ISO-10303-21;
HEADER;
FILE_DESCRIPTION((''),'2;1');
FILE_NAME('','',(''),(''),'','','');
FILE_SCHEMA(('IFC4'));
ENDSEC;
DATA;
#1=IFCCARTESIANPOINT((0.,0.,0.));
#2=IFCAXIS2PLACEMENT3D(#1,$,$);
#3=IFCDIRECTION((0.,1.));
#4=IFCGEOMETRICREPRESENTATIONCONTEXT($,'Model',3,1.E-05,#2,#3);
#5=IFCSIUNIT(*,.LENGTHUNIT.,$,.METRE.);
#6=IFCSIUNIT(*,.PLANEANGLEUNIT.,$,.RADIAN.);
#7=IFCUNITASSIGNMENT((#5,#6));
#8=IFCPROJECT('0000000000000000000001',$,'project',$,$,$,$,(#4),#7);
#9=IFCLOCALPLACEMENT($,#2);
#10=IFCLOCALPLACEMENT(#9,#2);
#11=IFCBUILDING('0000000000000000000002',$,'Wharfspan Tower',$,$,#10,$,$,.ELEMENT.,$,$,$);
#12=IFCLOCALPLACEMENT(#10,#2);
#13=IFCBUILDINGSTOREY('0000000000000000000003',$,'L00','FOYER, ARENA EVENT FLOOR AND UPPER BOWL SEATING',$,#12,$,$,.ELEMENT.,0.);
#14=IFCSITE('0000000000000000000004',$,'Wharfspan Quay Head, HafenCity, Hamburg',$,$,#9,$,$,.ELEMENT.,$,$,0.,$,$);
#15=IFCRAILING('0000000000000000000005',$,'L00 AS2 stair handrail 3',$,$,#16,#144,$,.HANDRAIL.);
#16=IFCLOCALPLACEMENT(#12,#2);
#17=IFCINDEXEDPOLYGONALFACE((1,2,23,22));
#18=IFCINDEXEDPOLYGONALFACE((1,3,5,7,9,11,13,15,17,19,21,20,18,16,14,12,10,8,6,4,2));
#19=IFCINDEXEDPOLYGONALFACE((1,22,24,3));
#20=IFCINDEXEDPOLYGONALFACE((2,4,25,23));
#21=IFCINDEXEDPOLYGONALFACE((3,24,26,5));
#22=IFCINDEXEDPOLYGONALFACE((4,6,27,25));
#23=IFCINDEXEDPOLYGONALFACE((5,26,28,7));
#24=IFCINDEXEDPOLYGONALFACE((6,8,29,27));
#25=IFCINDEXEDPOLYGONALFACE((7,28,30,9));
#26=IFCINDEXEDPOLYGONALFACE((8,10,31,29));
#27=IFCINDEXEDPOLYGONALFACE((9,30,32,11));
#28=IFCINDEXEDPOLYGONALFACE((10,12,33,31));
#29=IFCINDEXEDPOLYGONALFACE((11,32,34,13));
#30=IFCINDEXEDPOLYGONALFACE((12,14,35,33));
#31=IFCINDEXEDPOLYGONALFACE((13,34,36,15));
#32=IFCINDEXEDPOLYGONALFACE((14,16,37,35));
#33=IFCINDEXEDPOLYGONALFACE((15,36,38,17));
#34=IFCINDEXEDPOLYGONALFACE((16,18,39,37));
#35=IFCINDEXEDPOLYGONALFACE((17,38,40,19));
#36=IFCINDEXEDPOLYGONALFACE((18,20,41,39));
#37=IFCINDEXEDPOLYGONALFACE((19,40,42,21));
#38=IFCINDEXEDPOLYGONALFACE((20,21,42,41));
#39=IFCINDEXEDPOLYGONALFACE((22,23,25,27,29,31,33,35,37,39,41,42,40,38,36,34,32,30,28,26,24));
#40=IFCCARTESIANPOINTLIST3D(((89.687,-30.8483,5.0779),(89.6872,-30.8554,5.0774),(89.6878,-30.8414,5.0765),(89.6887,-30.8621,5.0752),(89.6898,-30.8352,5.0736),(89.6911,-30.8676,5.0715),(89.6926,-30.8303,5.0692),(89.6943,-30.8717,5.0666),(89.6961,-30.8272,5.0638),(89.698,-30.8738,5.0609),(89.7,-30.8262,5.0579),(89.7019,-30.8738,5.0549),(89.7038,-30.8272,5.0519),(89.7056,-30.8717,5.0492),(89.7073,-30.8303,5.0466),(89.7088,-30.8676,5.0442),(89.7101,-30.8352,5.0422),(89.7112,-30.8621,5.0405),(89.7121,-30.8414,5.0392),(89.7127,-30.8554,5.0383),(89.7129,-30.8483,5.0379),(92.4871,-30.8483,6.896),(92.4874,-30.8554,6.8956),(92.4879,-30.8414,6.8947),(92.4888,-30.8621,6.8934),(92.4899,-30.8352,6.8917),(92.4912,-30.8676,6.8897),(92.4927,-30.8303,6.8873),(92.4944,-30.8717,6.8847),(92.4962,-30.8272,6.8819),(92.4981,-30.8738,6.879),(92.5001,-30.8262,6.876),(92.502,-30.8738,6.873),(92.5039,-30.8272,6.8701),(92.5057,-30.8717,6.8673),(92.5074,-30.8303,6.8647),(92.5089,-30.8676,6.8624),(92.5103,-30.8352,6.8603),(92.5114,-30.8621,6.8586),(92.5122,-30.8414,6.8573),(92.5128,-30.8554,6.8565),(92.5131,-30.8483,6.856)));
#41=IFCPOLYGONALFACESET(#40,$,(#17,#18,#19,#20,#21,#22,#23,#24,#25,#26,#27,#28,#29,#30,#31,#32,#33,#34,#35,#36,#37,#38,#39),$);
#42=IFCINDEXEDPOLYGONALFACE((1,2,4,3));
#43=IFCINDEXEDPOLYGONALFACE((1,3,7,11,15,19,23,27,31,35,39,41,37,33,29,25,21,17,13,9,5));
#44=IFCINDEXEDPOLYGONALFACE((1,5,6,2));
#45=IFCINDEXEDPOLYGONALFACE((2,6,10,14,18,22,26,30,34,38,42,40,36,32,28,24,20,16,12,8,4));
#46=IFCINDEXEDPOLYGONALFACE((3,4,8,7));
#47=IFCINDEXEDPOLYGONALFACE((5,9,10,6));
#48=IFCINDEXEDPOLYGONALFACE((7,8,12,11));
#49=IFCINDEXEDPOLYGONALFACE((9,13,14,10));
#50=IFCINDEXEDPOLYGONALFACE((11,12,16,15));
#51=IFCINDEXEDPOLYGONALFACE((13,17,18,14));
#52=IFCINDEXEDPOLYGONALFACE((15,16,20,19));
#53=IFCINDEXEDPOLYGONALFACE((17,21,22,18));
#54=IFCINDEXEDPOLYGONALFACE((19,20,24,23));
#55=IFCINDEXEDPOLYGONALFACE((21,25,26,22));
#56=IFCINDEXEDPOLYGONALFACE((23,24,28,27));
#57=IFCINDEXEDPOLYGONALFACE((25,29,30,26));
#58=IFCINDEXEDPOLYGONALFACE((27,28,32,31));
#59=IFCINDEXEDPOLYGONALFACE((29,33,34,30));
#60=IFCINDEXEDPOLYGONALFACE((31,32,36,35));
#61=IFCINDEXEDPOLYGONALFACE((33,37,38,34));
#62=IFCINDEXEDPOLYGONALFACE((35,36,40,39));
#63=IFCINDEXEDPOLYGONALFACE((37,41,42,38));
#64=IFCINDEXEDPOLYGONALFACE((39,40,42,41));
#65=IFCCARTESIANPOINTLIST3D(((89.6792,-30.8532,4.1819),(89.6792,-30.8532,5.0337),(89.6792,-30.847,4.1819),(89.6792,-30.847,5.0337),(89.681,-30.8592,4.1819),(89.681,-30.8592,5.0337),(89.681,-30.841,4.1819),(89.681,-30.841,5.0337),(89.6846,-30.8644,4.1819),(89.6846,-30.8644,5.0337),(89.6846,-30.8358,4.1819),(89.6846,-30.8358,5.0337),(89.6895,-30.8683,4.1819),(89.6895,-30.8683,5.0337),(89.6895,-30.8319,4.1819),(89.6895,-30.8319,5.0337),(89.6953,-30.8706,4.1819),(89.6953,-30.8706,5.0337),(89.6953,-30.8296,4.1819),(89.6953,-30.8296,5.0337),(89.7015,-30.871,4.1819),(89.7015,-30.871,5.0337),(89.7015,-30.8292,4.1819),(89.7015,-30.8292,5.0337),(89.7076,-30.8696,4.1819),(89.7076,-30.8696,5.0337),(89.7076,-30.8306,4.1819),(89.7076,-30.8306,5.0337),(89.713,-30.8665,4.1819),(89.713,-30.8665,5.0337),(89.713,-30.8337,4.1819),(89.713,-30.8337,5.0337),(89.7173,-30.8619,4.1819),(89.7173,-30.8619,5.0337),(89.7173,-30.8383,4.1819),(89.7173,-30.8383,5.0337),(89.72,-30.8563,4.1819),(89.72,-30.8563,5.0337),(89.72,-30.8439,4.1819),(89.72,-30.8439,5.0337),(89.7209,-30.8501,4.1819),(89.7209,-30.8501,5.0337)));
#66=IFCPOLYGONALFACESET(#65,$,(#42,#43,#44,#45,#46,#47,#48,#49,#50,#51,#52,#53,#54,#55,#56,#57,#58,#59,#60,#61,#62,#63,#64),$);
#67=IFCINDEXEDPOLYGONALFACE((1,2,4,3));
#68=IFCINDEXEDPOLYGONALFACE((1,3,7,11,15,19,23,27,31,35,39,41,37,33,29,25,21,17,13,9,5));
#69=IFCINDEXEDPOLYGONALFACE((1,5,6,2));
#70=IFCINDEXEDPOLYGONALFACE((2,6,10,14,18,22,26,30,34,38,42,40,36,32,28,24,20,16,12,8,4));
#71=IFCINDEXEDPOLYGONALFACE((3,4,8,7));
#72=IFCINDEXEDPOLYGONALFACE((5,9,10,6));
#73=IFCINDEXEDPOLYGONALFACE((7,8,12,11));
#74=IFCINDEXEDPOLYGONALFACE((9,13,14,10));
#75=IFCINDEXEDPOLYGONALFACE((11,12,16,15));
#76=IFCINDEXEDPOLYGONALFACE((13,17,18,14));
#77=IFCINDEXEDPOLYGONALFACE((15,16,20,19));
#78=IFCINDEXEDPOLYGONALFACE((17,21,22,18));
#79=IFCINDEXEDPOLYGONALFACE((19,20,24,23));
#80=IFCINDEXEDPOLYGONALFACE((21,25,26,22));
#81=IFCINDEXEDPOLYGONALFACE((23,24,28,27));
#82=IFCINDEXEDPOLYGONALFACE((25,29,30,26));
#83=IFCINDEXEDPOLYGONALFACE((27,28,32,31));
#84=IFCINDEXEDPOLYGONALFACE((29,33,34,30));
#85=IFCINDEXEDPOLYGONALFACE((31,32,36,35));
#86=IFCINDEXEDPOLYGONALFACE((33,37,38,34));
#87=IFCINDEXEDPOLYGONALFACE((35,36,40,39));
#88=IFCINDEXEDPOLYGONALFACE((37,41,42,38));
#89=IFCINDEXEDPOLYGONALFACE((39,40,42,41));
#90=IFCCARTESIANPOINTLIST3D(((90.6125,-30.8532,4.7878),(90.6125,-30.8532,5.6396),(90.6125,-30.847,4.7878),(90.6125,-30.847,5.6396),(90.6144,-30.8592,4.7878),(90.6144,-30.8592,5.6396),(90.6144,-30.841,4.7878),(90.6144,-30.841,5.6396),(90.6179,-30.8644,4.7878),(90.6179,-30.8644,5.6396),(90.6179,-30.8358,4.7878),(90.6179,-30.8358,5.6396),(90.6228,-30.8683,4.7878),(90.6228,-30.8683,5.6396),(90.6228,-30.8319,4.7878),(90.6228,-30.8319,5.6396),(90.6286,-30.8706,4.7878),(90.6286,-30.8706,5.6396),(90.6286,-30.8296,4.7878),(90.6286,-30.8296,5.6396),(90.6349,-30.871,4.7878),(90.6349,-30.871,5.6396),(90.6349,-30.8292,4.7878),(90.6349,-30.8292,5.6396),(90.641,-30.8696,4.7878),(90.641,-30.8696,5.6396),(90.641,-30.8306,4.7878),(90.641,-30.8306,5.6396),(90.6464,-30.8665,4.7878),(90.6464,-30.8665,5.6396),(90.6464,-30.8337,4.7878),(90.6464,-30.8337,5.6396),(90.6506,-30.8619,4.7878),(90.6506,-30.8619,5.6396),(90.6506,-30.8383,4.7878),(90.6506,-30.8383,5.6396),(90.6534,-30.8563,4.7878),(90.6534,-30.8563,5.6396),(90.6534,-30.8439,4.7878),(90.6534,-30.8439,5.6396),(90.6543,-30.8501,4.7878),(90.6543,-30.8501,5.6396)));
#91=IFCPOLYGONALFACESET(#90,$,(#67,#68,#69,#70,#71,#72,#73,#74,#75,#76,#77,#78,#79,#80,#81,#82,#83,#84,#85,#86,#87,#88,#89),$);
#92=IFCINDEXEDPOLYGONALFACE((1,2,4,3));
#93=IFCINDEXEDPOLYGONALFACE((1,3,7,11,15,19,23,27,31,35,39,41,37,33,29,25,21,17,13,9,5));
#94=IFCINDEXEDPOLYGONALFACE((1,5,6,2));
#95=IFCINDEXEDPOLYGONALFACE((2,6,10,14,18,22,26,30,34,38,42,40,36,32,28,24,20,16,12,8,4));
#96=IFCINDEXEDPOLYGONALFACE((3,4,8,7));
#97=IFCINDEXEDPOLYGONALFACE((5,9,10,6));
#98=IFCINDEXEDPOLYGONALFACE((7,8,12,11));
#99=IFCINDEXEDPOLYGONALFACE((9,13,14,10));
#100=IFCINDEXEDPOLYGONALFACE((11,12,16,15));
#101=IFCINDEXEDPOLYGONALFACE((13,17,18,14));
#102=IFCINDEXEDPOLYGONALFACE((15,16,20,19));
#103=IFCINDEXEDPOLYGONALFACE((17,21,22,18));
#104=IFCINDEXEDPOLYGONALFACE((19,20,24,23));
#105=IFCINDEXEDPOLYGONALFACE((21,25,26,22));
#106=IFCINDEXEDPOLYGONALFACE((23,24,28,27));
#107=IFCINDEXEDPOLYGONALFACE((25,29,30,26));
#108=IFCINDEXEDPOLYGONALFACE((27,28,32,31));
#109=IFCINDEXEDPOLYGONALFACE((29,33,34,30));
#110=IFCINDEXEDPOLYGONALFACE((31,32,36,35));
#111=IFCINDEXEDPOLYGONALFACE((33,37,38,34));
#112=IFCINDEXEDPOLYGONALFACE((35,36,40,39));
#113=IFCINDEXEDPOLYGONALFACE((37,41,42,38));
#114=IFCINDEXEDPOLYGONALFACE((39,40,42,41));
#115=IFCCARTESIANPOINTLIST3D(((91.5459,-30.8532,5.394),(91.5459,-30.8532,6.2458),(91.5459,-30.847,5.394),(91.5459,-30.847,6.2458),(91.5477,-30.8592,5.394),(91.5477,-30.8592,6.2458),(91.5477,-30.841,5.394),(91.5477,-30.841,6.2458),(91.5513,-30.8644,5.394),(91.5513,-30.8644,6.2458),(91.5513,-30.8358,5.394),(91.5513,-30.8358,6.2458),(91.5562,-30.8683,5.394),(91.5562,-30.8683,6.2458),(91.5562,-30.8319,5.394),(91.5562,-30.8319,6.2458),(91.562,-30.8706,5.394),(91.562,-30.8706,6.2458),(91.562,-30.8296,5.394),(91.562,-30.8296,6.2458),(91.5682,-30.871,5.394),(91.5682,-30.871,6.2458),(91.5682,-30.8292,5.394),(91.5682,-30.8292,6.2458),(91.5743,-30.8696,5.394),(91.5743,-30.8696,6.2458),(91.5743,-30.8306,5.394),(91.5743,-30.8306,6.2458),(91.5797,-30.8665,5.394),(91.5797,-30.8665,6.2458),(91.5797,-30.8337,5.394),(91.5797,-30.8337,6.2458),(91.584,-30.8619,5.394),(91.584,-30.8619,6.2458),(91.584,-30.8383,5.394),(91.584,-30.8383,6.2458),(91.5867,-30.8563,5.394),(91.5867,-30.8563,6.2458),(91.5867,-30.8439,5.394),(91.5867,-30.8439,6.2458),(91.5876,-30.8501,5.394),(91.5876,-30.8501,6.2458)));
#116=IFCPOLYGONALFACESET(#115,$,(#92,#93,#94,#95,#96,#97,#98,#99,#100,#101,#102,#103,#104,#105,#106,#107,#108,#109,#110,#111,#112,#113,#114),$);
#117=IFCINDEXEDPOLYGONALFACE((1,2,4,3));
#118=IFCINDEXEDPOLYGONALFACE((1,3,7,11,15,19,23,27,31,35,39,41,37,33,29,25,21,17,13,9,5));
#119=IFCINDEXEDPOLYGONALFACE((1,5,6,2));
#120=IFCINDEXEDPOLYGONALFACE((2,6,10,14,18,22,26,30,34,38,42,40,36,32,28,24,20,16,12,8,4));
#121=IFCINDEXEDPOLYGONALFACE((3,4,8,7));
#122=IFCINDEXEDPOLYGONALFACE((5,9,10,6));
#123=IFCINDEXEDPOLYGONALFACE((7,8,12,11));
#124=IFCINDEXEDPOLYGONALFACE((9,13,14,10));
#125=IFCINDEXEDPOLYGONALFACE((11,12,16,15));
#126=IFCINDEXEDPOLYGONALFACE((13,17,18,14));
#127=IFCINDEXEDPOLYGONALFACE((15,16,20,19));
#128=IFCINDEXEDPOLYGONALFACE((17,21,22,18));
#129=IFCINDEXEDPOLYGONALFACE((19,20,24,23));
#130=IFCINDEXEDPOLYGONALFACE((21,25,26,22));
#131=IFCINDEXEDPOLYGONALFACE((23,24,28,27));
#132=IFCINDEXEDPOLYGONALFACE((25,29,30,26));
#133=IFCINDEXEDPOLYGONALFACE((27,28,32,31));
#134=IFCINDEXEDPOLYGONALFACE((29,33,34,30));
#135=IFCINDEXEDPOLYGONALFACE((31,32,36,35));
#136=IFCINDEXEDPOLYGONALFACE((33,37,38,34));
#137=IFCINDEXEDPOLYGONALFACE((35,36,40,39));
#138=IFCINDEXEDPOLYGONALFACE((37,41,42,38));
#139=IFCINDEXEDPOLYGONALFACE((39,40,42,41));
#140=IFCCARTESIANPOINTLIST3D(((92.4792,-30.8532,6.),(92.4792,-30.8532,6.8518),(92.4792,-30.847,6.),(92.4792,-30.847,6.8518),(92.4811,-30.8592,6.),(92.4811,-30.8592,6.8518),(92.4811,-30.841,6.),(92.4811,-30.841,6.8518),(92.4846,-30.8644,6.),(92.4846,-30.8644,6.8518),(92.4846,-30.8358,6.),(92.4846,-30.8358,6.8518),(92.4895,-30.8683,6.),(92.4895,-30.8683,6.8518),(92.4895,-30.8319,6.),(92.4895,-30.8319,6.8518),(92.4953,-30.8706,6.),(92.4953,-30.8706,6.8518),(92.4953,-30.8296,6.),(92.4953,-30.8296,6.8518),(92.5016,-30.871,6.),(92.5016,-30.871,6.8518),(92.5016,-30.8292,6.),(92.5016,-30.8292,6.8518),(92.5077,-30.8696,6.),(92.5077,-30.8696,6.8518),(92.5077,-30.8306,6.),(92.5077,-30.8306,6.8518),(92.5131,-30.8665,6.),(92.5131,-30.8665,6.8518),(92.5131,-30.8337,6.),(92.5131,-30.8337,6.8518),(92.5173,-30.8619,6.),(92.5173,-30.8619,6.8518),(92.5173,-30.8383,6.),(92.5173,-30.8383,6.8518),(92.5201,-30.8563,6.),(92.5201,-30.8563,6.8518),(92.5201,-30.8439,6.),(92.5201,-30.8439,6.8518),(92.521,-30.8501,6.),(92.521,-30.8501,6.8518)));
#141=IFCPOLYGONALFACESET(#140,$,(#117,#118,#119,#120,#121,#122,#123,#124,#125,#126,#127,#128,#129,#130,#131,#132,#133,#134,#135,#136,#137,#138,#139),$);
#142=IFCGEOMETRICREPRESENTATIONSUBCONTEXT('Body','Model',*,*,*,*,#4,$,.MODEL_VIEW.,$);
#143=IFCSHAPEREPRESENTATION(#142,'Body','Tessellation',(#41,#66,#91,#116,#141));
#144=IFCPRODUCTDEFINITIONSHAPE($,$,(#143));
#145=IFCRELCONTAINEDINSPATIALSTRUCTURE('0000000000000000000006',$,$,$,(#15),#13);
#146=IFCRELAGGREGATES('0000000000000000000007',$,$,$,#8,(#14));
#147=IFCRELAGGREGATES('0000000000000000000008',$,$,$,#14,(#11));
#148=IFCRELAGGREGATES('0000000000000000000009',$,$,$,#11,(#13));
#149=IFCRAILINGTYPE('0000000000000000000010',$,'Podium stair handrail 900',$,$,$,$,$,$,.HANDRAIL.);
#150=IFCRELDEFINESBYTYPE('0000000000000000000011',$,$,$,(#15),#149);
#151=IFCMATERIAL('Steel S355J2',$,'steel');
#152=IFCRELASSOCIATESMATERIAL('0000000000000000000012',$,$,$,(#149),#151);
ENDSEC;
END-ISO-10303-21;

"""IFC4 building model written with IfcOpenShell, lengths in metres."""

from ifc_helpers import new_model, si_unit, direction, frame, origin, origin_2d, place, context, subcontext, project, spatial, circle, extrude, material, type_object, element, save


model = new_model("IFC4")

# Units and contexts
model_context = context("Model", 3, precision=1e-05, world=origin(), true_north=direction((0.0, 1.0)))
body_context = subcontext(model_context, "Body", "Model", "MODEL_VIEW")
ifc_project = project(units=[si_unit("LENGTHUNIT", "METRE"), si_unit("PLANEANGLEUNIT", "RADIAN")], contexts=[model_context])

# Site, building, storey
site_placement = place(None, origin())
site = spatial("IfcSite", under=ifc_project, at=site_placement, Name="Wharfspan Quay Head, HafenCity, Hamburg", CompositionType="ELEMENT", RefElevation=0.0)
building_placement = place(site_placement, origin())
building = spatial("IfcBuilding", under=site, at=building_placement, Name="Wharfspan Tower", CompositionType="ELEMENT")
storey_placement = place(building_placement, origin())
storey = spatial("IfcBuildingStorey", under=building, at=storey_placement, Name="L00", Description="FOYER, ARENA EVENT FLOOR AND UPPER BOWL SEATING", CompositionType="ELEMENT", Elevation=0.0)

# Railing
ifc_material_1 = material(Name="Steel S355J2", Category="steel")
railing_type_1 = type_object("IfcRailingType", Name="Podium stair handrail 900", PredefinedType="HANDRAIL", material=ifc_material_1)
for number, where, name in (
    (1, (89.7, -30.8501, 4.1819), "L00 AS2 stair handrail 3"),
):
    element("IfcRailing", number, at=place(storey_placement, frame(where)), inside=storey, type_object=railing_type_1, Name=name, PredefinedType="HANDRAIL", context=body_context, shape_type="SweptSolid", body=[
        extrude(circle(Radius=0.0239, at=origin_2d()), frame((0.0, 0.0, 0.876), z_axis=(0.838706, 0.0, 0.544585), x_axis=(0.0, 1.0, 0.0)), (0.0, 0.0, 1.0), 3.3386),
        extrude(circle(Radius=0.021, at=origin_2d()), origin(), (0.0, 0.0, 1.0), 0.8518),
        extrude(circle(Radius=0.021, at=origin_2d()), frame((0.9334, 0.0, 0.606)), (0.0, 0.0, 1.0), 0.8518),
        extrude(circle(Radius=0.021, at=origin_2d()), frame((1.8667, 0.0, 1.2122)), (0.0, 0.0, 1.0), 0.8518),
        extrude(circle(Radius=0.021, at=origin_2d()), frame((2.8, 0.0, 1.8181)), (0.0, 0.0, 1.0), 0.8518),
    ])

save(model, "model.ifc")
